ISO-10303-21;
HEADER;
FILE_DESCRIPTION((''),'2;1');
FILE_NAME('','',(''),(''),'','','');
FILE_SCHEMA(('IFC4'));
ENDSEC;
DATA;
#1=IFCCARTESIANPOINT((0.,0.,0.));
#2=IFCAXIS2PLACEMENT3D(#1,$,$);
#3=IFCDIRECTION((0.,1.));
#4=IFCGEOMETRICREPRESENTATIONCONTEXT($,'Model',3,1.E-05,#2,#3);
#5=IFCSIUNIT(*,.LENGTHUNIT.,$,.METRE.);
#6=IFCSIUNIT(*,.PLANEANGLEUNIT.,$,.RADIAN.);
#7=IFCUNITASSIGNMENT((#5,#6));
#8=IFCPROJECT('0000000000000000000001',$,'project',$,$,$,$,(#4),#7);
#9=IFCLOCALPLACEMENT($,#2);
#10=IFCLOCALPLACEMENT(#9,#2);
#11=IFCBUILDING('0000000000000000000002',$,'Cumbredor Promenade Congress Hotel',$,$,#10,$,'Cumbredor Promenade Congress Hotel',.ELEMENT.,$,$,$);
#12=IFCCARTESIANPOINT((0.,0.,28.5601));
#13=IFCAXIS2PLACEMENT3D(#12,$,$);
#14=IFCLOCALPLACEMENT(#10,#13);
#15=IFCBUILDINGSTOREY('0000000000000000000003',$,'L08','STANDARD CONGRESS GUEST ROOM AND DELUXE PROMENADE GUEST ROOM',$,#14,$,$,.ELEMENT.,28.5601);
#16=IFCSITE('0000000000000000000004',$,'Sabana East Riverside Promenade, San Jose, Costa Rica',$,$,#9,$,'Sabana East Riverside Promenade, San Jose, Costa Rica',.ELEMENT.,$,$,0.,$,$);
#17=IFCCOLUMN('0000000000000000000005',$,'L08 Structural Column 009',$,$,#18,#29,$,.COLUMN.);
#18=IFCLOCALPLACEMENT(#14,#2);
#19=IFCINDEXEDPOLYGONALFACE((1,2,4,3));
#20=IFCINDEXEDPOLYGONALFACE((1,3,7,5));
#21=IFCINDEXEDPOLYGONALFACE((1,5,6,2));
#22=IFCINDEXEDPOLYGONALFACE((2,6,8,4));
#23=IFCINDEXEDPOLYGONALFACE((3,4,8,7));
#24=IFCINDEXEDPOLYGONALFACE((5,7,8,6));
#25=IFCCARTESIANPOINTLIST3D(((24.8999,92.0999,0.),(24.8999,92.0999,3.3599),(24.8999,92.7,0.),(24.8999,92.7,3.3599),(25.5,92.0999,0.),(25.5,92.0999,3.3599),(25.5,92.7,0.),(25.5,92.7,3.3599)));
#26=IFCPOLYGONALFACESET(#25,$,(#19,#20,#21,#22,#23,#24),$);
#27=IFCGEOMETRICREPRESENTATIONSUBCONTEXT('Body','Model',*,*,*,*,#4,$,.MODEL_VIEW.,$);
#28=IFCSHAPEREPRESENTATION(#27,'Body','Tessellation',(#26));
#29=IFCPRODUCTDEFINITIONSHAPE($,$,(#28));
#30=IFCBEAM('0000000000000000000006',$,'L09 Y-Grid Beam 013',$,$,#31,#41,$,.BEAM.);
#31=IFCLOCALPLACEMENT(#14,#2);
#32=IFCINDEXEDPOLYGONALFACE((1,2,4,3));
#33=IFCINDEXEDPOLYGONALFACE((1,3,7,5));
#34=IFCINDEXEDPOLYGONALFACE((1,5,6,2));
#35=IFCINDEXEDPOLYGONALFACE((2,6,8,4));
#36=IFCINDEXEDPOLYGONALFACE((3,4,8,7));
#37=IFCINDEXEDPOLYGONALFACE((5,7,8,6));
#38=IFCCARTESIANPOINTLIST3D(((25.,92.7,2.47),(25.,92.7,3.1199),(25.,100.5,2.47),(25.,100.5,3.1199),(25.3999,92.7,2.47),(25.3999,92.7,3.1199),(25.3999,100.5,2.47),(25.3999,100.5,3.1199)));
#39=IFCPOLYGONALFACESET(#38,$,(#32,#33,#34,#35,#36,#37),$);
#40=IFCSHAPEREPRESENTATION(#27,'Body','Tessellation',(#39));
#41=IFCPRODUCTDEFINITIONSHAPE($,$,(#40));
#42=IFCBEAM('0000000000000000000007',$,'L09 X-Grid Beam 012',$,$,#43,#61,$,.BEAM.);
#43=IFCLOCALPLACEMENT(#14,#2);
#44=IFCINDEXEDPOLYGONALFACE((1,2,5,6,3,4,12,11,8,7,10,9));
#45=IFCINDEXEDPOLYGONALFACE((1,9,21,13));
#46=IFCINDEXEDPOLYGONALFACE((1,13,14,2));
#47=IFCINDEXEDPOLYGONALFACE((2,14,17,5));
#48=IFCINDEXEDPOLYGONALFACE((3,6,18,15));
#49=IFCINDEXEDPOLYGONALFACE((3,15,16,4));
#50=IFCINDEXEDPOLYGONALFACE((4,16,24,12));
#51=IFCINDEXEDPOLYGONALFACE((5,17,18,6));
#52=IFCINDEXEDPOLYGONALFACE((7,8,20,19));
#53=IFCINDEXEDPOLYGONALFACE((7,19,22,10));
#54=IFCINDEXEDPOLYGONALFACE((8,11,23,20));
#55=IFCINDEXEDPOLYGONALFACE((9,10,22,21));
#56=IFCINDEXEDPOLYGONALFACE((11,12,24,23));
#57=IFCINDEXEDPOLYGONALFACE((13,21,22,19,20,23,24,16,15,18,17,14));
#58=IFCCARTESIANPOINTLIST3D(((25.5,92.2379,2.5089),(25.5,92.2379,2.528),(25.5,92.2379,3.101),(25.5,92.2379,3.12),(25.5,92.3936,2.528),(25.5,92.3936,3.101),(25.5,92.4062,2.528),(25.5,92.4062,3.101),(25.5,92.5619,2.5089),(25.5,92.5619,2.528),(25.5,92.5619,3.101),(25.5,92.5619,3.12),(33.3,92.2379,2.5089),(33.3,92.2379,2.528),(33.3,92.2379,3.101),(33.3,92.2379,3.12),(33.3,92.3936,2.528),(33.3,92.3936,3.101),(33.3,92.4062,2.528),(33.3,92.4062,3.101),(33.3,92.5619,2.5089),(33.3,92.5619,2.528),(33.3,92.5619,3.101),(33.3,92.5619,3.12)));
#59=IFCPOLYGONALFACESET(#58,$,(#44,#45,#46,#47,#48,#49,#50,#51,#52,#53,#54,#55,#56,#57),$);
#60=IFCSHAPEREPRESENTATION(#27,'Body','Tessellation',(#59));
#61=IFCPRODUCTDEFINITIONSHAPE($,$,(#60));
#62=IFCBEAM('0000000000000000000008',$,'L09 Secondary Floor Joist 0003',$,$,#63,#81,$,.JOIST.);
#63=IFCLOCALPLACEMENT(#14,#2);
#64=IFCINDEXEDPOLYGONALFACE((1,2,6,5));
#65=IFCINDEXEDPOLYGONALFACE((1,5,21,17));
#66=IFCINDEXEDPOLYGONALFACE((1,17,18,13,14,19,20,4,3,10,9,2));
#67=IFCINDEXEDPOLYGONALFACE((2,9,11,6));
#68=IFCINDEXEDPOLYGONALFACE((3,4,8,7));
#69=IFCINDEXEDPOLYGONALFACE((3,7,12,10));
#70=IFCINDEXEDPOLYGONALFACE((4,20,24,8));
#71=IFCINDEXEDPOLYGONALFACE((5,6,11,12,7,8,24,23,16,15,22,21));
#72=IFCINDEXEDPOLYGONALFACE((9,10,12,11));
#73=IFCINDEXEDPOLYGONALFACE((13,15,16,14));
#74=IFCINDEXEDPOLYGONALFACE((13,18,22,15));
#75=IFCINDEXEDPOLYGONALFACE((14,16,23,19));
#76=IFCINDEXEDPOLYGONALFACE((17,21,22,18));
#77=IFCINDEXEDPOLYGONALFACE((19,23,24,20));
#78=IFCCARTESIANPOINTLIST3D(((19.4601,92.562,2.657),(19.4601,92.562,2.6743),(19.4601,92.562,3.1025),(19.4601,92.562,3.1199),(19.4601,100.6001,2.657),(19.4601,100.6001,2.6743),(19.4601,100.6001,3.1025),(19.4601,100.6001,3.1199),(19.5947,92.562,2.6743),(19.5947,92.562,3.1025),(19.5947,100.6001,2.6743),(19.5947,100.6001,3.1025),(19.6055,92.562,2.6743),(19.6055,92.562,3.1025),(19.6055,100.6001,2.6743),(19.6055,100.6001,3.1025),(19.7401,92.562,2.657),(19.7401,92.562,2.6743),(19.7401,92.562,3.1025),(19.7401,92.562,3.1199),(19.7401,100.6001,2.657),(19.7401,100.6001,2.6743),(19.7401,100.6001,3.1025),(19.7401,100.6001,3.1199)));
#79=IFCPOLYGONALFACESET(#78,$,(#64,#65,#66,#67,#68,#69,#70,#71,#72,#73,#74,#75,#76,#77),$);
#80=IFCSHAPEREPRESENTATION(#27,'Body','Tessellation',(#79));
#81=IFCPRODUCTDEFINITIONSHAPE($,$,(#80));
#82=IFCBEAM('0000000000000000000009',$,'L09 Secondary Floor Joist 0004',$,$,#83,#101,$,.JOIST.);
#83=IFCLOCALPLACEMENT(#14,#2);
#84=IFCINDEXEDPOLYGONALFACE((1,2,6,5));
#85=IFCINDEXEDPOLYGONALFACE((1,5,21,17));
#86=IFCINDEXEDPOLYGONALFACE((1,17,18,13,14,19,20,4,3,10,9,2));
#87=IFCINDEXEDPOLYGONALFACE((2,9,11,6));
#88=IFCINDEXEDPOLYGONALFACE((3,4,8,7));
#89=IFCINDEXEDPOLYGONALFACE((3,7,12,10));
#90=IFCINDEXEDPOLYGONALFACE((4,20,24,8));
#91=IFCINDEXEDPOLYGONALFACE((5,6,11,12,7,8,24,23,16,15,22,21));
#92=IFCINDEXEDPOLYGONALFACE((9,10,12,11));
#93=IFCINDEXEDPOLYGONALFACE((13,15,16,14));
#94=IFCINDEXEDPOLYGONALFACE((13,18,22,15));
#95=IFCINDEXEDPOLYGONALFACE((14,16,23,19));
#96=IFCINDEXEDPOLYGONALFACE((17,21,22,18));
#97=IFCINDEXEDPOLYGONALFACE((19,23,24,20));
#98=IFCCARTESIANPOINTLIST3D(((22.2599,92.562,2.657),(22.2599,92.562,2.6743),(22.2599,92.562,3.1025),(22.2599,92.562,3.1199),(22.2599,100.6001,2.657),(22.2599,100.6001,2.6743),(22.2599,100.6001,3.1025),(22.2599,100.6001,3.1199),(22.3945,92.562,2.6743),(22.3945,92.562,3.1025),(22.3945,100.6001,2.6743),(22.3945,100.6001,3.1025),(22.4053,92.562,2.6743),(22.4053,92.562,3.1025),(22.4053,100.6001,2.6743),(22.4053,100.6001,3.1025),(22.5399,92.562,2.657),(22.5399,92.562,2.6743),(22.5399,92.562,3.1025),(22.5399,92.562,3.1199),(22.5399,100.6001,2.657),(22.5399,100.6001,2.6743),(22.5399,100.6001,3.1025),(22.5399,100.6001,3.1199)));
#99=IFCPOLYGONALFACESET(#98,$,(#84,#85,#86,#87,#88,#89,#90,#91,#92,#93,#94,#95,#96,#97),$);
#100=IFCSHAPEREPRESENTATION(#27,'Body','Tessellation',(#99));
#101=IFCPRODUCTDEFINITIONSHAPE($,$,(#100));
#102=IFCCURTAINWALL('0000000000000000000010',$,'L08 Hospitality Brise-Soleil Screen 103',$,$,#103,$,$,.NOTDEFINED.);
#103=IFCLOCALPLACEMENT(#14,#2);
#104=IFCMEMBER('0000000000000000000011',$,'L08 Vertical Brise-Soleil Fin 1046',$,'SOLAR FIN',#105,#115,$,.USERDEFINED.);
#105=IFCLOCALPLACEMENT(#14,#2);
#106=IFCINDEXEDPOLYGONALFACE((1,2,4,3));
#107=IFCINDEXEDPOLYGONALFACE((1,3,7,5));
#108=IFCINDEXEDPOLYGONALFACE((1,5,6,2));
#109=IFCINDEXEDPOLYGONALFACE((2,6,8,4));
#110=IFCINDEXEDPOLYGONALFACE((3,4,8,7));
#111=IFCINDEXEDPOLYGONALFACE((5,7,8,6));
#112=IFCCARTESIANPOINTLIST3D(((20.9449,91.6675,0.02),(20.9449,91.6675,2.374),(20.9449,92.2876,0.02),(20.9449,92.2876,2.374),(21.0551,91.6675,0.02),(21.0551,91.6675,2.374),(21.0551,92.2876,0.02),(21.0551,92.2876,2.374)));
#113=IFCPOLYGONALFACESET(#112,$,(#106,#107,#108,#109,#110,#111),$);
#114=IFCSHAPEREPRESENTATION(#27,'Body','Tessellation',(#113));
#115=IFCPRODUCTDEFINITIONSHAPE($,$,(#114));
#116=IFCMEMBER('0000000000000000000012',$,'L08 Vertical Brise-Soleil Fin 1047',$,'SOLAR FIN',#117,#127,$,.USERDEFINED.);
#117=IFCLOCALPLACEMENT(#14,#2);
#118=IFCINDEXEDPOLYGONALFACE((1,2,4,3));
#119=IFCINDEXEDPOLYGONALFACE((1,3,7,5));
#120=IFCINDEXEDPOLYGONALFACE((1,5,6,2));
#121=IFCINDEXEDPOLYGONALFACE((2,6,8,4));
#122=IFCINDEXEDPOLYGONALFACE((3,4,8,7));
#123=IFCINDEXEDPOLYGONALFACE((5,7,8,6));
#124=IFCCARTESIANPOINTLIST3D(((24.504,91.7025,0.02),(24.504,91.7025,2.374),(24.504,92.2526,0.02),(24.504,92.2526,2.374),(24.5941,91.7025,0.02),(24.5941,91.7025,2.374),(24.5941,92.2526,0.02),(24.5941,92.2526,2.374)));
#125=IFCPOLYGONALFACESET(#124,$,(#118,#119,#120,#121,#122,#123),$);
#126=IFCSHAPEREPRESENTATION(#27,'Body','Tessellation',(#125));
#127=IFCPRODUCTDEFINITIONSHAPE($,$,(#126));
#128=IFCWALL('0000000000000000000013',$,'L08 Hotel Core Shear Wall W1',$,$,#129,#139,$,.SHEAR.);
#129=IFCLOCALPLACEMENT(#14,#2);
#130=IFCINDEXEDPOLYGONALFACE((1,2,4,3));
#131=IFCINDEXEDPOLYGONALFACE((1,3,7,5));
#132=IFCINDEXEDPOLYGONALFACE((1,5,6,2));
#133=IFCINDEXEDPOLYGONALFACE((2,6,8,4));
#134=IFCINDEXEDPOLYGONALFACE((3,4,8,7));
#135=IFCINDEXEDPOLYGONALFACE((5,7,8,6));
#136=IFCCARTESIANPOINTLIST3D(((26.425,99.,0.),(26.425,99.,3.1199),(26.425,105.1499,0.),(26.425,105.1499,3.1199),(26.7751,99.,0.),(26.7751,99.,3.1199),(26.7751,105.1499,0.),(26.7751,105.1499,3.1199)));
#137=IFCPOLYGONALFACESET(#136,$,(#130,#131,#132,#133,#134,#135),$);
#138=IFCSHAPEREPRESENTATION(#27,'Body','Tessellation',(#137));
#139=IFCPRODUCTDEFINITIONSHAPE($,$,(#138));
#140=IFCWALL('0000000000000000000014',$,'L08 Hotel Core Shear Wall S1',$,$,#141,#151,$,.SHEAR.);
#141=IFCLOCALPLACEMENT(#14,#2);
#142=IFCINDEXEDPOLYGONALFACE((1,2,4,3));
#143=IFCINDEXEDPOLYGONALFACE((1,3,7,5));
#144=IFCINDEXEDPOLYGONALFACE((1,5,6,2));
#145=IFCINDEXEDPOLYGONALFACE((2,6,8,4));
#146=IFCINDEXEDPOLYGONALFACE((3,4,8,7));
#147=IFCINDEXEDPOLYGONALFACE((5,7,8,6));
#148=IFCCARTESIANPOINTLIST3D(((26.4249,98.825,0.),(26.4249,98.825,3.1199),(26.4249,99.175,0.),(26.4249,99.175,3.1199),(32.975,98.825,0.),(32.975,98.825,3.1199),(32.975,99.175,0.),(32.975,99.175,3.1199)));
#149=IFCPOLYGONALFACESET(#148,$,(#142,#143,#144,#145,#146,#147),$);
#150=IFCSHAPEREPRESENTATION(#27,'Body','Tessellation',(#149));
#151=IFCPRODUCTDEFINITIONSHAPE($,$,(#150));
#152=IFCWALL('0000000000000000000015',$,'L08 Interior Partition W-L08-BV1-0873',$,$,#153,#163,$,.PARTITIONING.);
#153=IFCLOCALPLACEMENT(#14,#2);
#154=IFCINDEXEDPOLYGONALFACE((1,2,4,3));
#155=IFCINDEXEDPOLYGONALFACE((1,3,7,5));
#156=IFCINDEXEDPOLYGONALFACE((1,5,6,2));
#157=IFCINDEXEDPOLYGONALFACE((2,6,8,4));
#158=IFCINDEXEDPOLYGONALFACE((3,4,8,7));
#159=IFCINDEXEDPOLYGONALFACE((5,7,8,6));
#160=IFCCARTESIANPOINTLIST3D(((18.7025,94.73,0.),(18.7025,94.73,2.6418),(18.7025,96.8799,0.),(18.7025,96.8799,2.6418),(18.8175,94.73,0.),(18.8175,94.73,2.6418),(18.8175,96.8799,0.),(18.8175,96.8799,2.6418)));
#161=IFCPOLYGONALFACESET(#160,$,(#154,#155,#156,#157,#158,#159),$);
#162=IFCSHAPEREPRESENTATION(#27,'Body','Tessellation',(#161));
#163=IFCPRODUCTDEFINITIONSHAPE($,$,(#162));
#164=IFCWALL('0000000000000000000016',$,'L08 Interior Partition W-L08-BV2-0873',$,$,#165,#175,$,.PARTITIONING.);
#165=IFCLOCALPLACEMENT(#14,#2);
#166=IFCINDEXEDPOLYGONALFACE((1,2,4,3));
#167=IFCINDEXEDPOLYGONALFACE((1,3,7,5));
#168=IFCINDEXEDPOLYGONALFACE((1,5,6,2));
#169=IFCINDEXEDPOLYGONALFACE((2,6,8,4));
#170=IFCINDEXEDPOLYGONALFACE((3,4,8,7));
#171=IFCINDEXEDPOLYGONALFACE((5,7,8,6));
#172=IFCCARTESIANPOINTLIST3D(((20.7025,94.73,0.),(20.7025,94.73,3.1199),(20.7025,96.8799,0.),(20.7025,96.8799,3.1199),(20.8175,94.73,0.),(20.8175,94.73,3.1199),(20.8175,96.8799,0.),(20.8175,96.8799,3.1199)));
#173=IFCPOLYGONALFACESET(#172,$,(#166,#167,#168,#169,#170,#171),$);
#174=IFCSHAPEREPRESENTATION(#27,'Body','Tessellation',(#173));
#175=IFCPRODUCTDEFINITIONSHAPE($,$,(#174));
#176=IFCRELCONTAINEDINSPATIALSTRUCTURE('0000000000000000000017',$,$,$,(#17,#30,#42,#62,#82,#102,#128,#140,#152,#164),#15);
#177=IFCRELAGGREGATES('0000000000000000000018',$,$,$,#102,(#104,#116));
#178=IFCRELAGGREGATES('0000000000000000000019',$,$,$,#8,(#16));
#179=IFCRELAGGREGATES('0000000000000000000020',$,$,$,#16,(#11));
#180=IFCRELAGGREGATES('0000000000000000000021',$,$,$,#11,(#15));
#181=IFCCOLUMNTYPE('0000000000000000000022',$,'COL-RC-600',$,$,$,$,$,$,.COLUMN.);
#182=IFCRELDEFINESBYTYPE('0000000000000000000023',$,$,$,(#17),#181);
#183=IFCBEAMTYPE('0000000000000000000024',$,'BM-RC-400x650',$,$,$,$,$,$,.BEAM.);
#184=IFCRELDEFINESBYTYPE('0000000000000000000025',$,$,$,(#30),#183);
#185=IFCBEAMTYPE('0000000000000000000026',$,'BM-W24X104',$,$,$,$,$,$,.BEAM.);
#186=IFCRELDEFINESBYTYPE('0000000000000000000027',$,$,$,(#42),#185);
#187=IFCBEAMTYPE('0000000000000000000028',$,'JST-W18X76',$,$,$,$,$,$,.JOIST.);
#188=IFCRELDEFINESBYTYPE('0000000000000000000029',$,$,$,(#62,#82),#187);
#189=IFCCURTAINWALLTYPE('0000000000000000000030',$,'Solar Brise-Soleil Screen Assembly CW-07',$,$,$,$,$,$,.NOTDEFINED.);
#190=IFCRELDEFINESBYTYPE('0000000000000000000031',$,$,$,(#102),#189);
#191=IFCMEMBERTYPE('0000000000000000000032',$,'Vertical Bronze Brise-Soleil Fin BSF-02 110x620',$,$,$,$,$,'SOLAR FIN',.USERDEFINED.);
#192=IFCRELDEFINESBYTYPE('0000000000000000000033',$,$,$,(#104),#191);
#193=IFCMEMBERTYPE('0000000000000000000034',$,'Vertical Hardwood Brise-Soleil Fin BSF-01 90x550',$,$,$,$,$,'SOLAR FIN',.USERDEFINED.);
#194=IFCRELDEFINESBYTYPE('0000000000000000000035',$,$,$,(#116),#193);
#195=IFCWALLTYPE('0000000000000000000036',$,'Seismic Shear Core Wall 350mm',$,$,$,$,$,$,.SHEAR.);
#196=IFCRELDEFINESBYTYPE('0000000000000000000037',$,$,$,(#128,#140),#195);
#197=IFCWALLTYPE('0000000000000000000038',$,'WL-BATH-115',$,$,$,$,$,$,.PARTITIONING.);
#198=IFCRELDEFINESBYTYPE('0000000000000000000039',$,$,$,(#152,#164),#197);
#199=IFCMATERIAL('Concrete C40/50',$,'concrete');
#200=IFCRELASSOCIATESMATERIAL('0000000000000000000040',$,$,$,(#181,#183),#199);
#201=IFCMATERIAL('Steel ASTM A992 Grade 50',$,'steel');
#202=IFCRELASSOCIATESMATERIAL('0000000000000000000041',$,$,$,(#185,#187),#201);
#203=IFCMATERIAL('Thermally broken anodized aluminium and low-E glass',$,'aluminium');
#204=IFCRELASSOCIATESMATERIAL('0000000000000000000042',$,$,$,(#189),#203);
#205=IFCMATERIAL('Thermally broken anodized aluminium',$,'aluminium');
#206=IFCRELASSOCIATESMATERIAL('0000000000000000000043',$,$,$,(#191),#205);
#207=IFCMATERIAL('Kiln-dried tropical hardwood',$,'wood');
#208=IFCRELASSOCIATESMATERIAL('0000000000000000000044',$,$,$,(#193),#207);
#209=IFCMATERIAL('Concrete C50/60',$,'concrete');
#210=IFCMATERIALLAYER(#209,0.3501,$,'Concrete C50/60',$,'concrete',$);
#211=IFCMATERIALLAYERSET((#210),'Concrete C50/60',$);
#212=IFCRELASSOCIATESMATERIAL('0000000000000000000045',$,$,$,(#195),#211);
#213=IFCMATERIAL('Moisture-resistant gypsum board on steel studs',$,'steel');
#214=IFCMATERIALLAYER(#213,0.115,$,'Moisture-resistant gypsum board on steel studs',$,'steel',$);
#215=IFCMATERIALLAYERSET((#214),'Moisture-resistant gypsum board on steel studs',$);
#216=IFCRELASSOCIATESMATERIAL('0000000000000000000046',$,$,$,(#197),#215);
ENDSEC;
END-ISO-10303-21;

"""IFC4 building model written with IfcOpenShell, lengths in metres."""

from ifc_helpers import new_model, si_unit, direction, frame, frame_2d, origin, origin_2d, place, context, subcontext, project, spatial, rectangle, i_section, extrude, material, layer, layer_set, material_profile, profile_set, type_object, element, aggregate, save


model = new_model("IFC4")

# Units and contexts
model_context = context("Model", 3, precision=1e-05, world=origin(), true_north=direction((0.0, 1.0)))
body_context = subcontext(model_context, "Body", "Model", "MODEL_VIEW")
ifc_project = project(units=[si_unit("LENGTHUNIT", "METRE"), si_unit("PLANEANGLEUNIT", "RADIAN")], contexts=[model_context])

# Site, building, storey
site_placement = place(None, origin())
site = spatial("IfcSite", under=ifc_project, at=site_placement, Name="Sabana East Riverside Promenade, San Jose, Costa Rica", LongName="Sabana East Riverside Promenade, San Jose, Costa Rica", CompositionType="ELEMENT", RefElevation=0.0)
building_placement = place(site_placement, origin())
building = spatial("IfcBuilding", under=site, at=building_placement, Name="Cumbredor Promenade Congress Hotel", LongName="Cumbredor Promenade Congress Hotel", CompositionType="ELEMENT")
storey_placement = place(building_placement, frame((0.0, 0.0, 28.5601)))
storey = spatial("IfcBuildingStorey", under=building, at=storey_placement, Name="L08", Description="STANDARD CONGRESS GUEST ROOM AND DELUXE PROMENADE GUEST ROOM", CompositionType="ELEMENT", Elevation=28.5601)

# Column
ifc_material_1 = material(Name="Concrete C40/50", Category="concrete")
ifc_material_profile_1 = material_profile(ifc_material_1, rectangle(XDim=0.6001, YDim=0.6001, at=origin_2d()), Name="RC 600x600")
ifc_profile_set_1 = profile_set([ifc_material_profile_1], Name="Concrete C40/50")
column_type = type_object("IfcColumnType", Name="COL-RC-600", PredefinedType="COLUMN", material=ifc_profile_set_1)
column_placement = place(storey_placement, frame((25.2, 92.3999, 0.0), z_axis=(0.0, 0.0, 1.0), x_axis=(1.0, 0.0, 0.0)))
element("IfcColumn", 1, at=column_placement, inside=storey, type_object=column_type, Name="L08 Structural Column 009", PredefinedType="COLUMN", context=body_context, shape_type="SweptSolid", body=[
    extrude(rectangle(XDim=0.6001, YDim=0.6001, at=origin_2d()), origin(), (0.0, 0.0, 1.0), 3.3599),
])

# Beams
ifc_material_profile_2 = material_profile(ifc_material_1, rectangle(XDim=0.3999, YDim=0.6499, at=origin_2d()), Name="RC BEAM 400x650")
ifc_profile_set_2 = profile_set([ifc_material_profile_2], Name="Concrete C40/50")
beam_type_1 = type_object("IfcBeamType", Name="BM-RC-400x650", PredefinedType="BEAM", material=ifc_profile_set_2)
beam_1_placement = place(storey_placement, frame((25.2, 92.7, 2.7949), z_axis=(0.0, 1.0, 0.0), x_axis=(-1.0, 0.0, 0.0)))
element("IfcBeam", 2, at=beam_1_placement, inside=storey, type_object=beam_type_1, Name="L09 Y-Grid Beam 013", PredefinedType="BEAM", context=body_context, shape_type="SweptSolid", body=[
    extrude(rectangle(XDim=0.3999, YDim=0.6499, at=origin_2d()), origin(), (0.0, 0.0, 1.0), 7.8),
])
ifc_material_2 = material(Name="Steel ASTM A992 Grade 50", Category="steel")
ifc_material_profile_3 = material_profile(ifc_material_2, i_section(OverallWidth=0.324, OverallDepth=0.6111, WebThickness=0.0127, FlangeThickness=0.019, at=origin_2d()), Name="W24X104")
ifc_profile_set_3 = profile_set([ifc_material_profile_3], Name="Steel ASTM A992 Grade 50")
beam_type_2 = type_object("IfcBeamType", Name="BM-W24X104", PredefinedType="BEAM", material=ifc_profile_set_3)
beam_2_placement = place(storey_placement, frame((25.5, 92.3999, 2.8145), z_axis=(1.0, 0.0, 0.0), x_axis=(0.0, 1.0, 0.0)))
element("IfcBeam", 3, at=beam_2_placement, inside=storey, type_object=beam_type_2, Name="L09 X-Grid Beam 012", PredefinedType="BEAM", context=body_context, shape_type="SweptSolid", body=[
    extrude(i_section(OverallWidth=0.324, OverallDepth=0.6111, WebThickness=0.0127, FlangeThickness=0.019, at=origin_2d()), origin(), (0.0, 0.0, 1.0), 7.8),
])
ifc_material_profile_4 = material_profile(ifc_material_2, i_section(OverallWidth=0.28, OverallDepth=0.4629, WebThickness=0.0107, FlangeThickness=0.0173, at=origin_2d()), Name="W18X76")
ifc_profile_set_4 = profile_set([ifc_material_profile_4], Name="Steel ASTM A992 Grade 50")
beam_type_3 = type_object("IfcBeamType", Name="JST-W18X76", PredefinedType="JOIST", material=ifc_profile_set_4)
for number, where, z_axis, x_axis, name in (
    (4, (19.6001, 92.562, 2.8884), (0.0, 1.0, 0.0), (-1.0, 0.0, 0.0), "L09 Secondary Floor Joist 0003"),
    (5, (22.3999, 92.562, 2.8884), (0.0, 1.0, 0.0), (-1.0, 0.0, 0.0), "L09 Secondary Floor Joist 0004"),
):
    element("IfcBeam", number, at=place(storey_placement, frame(where, z_axis=z_axis, x_axis=x_axis)), inside=storey, type_object=beam_type_3, Name=name, PredefinedType="JOIST", context=body_context, shape_type="SweptSolid", body=[
        extrude(i_section(OverallWidth=0.28, OverallDepth=0.4629, WebThickness=0.0107, FlangeThickness=0.0173, at=origin_2d()), origin(), (0.0, 0.0, 1.0), 8.0381),
    ])

# Curtain wall, members
ifc_material_3 = material(Name="Thermally broken anodized aluminium and low-E glass", Category="aluminium")
curtain_wall_type = type_object("IfcCurtainWallType", Name="Solar Brise-Soleil Screen Assembly CW-07", PredefinedType="NOTDEFINED", material=ifc_material_3)
curtain_wall_placement = place(storey_placement, origin())
curtain_wall = element("IfcCurtainWall", 6, at=curtain_wall_placement, inside=storey, type_object=curtain_wall_type, Name="L08 Hospitality Brise-Soleil Screen 103", PredefinedType="NOTDEFINED")
ifc_material_4 = material(Name="Thermally broken anodized aluminium", Category="aluminium")
ifc_material_profile_5 = material_profile(ifc_material_4, rectangle(XDim=0.1101, YDim=0.6201, at=origin_2d()), Name="ARCH FIN 110x620")
ifc_profile_set_5 = profile_set([ifc_material_profile_5], Name="Thermally broken anodized aluminium")
member_type_1 = type_object("IfcMemberType", Name="Vertical Bronze Brise-Soleil Fin BSF-02 110x620", ElementType="SOLAR FIN", PredefinedType="USERDEFINED", material=ifc_profile_set_5)
member_1_placement = place(storey_placement, frame((21.0, 91.9775, 0.02), z_axis=(0.0, 0.0, 1.0), x_axis=(1.0, 0.0, 0.0)))
member_1 = element("IfcMember", 7, at=member_1_placement, type_object=member_type_1, Name="L08 Vertical Brise-Soleil Fin 1046", ObjectType="SOLAR FIN", PredefinedType="USERDEFINED", context=body_context, shape_type="SweptSolid", body=[
    extrude(rectangle(XDim=0.1101, YDim=0.6201, at=origin_2d()), origin(), (0.0, 0.0, 1.0), 2.354),
])
ifc_material_5 = material(Name="Kiln-dried tropical hardwood", Category="wood")
ifc_material_profile_6 = material_profile(ifc_material_5, rectangle(XDim=0.0901, YDim=0.55, at=origin_2d()), Name="ARCH FIN 90x550")
ifc_profile_set_6 = profile_set([ifc_material_profile_6], Name="Kiln-dried tropical hardwood")
member_type_2 = type_object("IfcMemberType", Name="Vertical Hardwood Brise-Soleil Fin BSF-01 90x550", ElementType="SOLAR FIN", PredefinedType="USERDEFINED", material=ifc_profile_set_6)
member_2_placement = place(storey_placement, frame((24.5491, 91.9775, 0.02), z_axis=(0.0, 0.0, 1.0), x_axis=(1.0, 0.0, 0.0)))
member_2 = element("IfcMember", 8, at=member_2_placement, type_object=member_type_2, Name="L08 Vertical Brise-Soleil Fin 1047", ObjectType="SOLAR FIN", PredefinedType="USERDEFINED", context=body_context, shape_type="SweptSolid", body=[
    extrude(rectangle(XDim=0.0901, YDim=0.55, at=origin_2d()), origin(), (0.0, 0.0, 1.0), 2.354),
])
aggregate(curtain_wall, [member_1, member_2])

# Walls
ifc_material_6 = material(Name="Concrete C50/60", Category="concrete")
ifc_layer_1 = layer(ifc_material_6, 0.3501, Name="Concrete C50/60", Category="concrete")
ifc_layer_set_1 = layer_set([ifc_layer_1], Name="Concrete C50/60")
wall_type_1 = type_object("IfcWallType", Name="Seismic Shear Core Wall 350mm", PredefinedType="SHEAR", material=ifc_layer_set_1)
wall_1_placement = place(storey_placement, frame((26.6001, 99.0, 0.0), z_axis=(0.0, 0.0, 1.0), x_axis=(0.0, 1.0, 0.0)))
element("IfcWall", 9, at=wall_1_placement, inside=storey, type_object=wall_type_1, Name="L08 Hotel Core Shear Wall W1", PredefinedType="SHEAR", context=body_context, shape_type="SweptSolid", body=[
    extrude(rectangle(XDim=6.1499, YDim=0.3501, at=frame_2d((3.075, 0.0))), origin(), (0.0, 0.0, 1.0), 3.1199),
])
wall_2_placement = place(storey_placement, frame((26.425, 99.0, 0.0), z_axis=(0.0, 0.0, 1.0), x_axis=(1.0, 0.0, 0.0)))
element("IfcWall", 10, at=wall_2_placement, inside=storey, type_object=wall_type_1, Name="L08 Hotel Core Shear Wall S1", PredefinedType="SHEAR", context=body_context, shape_type="SweptSolid", body=[
    extrude(rectangle(XDim=6.55, YDim=0.3501, at=frame_2d((3.2749, 0.0))), origin(), (0.0, 0.0, 1.0), 3.1199),
])
ifc_material_7 = material(Name="Moisture-resistant gypsum board on steel studs", Category="steel")
ifc_layer_2 = layer(ifc_material_7, 0.115, Name="Moisture-resistant gypsum board on steel studs", Category="steel")
ifc_layer_set_2 = layer_set([ifc_layer_2], Name="Moisture-resistant gypsum board on steel studs")
wall_type_2 = type_object("IfcWallType", Name="WL-BATH-115", PredefinedType="PARTITIONING", material=ifc_layer_set_2)
wall_3_placement = place(storey_placement, frame((18.76, 94.73, 0.0), z_axis=(0.0, 0.0, 1.0), x_axis=(0.0, 1.0, 0.0)))
element("IfcWall", 11, at=wall_3_placement, inside=storey, type_object=wall_type_2, Name="L08 Interior Partition W-L08-BV1-0873", PredefinedType="PARTITIONING", context=body_context, shape_type="SweptSolid", body=[
    extrude(rectangle(XDim=2.1499, YDim=0.115, at=frame_2d((1.075, 0.0))), origin(), (0.0, 0.0, 1.0), 2.6418),
])
wall_4_placement = place(storey_placement, frame((20.76, 94.73, 0.0), z_axis=(0.0, 0.0, 1.0), x_axis=(0.0, 1.0, 0.0)))
element("IfcWall", 12, at=wall_4_placement, inside=storey, type_object=wall_type_2, Name="L08 Interior Partition W-L08-BV2-0873", PredefinedType="PARTITIONING", context=body_context, shape_type="SweptSolid", body=[
    extrude(rectangle(XDim=2.1499, YDim=0.115, at=frame_2d((1.075, 0.0))), origin(), (0.0, 0.0, 1.0), 3.1199),
])

save(model, "model.ifc")
